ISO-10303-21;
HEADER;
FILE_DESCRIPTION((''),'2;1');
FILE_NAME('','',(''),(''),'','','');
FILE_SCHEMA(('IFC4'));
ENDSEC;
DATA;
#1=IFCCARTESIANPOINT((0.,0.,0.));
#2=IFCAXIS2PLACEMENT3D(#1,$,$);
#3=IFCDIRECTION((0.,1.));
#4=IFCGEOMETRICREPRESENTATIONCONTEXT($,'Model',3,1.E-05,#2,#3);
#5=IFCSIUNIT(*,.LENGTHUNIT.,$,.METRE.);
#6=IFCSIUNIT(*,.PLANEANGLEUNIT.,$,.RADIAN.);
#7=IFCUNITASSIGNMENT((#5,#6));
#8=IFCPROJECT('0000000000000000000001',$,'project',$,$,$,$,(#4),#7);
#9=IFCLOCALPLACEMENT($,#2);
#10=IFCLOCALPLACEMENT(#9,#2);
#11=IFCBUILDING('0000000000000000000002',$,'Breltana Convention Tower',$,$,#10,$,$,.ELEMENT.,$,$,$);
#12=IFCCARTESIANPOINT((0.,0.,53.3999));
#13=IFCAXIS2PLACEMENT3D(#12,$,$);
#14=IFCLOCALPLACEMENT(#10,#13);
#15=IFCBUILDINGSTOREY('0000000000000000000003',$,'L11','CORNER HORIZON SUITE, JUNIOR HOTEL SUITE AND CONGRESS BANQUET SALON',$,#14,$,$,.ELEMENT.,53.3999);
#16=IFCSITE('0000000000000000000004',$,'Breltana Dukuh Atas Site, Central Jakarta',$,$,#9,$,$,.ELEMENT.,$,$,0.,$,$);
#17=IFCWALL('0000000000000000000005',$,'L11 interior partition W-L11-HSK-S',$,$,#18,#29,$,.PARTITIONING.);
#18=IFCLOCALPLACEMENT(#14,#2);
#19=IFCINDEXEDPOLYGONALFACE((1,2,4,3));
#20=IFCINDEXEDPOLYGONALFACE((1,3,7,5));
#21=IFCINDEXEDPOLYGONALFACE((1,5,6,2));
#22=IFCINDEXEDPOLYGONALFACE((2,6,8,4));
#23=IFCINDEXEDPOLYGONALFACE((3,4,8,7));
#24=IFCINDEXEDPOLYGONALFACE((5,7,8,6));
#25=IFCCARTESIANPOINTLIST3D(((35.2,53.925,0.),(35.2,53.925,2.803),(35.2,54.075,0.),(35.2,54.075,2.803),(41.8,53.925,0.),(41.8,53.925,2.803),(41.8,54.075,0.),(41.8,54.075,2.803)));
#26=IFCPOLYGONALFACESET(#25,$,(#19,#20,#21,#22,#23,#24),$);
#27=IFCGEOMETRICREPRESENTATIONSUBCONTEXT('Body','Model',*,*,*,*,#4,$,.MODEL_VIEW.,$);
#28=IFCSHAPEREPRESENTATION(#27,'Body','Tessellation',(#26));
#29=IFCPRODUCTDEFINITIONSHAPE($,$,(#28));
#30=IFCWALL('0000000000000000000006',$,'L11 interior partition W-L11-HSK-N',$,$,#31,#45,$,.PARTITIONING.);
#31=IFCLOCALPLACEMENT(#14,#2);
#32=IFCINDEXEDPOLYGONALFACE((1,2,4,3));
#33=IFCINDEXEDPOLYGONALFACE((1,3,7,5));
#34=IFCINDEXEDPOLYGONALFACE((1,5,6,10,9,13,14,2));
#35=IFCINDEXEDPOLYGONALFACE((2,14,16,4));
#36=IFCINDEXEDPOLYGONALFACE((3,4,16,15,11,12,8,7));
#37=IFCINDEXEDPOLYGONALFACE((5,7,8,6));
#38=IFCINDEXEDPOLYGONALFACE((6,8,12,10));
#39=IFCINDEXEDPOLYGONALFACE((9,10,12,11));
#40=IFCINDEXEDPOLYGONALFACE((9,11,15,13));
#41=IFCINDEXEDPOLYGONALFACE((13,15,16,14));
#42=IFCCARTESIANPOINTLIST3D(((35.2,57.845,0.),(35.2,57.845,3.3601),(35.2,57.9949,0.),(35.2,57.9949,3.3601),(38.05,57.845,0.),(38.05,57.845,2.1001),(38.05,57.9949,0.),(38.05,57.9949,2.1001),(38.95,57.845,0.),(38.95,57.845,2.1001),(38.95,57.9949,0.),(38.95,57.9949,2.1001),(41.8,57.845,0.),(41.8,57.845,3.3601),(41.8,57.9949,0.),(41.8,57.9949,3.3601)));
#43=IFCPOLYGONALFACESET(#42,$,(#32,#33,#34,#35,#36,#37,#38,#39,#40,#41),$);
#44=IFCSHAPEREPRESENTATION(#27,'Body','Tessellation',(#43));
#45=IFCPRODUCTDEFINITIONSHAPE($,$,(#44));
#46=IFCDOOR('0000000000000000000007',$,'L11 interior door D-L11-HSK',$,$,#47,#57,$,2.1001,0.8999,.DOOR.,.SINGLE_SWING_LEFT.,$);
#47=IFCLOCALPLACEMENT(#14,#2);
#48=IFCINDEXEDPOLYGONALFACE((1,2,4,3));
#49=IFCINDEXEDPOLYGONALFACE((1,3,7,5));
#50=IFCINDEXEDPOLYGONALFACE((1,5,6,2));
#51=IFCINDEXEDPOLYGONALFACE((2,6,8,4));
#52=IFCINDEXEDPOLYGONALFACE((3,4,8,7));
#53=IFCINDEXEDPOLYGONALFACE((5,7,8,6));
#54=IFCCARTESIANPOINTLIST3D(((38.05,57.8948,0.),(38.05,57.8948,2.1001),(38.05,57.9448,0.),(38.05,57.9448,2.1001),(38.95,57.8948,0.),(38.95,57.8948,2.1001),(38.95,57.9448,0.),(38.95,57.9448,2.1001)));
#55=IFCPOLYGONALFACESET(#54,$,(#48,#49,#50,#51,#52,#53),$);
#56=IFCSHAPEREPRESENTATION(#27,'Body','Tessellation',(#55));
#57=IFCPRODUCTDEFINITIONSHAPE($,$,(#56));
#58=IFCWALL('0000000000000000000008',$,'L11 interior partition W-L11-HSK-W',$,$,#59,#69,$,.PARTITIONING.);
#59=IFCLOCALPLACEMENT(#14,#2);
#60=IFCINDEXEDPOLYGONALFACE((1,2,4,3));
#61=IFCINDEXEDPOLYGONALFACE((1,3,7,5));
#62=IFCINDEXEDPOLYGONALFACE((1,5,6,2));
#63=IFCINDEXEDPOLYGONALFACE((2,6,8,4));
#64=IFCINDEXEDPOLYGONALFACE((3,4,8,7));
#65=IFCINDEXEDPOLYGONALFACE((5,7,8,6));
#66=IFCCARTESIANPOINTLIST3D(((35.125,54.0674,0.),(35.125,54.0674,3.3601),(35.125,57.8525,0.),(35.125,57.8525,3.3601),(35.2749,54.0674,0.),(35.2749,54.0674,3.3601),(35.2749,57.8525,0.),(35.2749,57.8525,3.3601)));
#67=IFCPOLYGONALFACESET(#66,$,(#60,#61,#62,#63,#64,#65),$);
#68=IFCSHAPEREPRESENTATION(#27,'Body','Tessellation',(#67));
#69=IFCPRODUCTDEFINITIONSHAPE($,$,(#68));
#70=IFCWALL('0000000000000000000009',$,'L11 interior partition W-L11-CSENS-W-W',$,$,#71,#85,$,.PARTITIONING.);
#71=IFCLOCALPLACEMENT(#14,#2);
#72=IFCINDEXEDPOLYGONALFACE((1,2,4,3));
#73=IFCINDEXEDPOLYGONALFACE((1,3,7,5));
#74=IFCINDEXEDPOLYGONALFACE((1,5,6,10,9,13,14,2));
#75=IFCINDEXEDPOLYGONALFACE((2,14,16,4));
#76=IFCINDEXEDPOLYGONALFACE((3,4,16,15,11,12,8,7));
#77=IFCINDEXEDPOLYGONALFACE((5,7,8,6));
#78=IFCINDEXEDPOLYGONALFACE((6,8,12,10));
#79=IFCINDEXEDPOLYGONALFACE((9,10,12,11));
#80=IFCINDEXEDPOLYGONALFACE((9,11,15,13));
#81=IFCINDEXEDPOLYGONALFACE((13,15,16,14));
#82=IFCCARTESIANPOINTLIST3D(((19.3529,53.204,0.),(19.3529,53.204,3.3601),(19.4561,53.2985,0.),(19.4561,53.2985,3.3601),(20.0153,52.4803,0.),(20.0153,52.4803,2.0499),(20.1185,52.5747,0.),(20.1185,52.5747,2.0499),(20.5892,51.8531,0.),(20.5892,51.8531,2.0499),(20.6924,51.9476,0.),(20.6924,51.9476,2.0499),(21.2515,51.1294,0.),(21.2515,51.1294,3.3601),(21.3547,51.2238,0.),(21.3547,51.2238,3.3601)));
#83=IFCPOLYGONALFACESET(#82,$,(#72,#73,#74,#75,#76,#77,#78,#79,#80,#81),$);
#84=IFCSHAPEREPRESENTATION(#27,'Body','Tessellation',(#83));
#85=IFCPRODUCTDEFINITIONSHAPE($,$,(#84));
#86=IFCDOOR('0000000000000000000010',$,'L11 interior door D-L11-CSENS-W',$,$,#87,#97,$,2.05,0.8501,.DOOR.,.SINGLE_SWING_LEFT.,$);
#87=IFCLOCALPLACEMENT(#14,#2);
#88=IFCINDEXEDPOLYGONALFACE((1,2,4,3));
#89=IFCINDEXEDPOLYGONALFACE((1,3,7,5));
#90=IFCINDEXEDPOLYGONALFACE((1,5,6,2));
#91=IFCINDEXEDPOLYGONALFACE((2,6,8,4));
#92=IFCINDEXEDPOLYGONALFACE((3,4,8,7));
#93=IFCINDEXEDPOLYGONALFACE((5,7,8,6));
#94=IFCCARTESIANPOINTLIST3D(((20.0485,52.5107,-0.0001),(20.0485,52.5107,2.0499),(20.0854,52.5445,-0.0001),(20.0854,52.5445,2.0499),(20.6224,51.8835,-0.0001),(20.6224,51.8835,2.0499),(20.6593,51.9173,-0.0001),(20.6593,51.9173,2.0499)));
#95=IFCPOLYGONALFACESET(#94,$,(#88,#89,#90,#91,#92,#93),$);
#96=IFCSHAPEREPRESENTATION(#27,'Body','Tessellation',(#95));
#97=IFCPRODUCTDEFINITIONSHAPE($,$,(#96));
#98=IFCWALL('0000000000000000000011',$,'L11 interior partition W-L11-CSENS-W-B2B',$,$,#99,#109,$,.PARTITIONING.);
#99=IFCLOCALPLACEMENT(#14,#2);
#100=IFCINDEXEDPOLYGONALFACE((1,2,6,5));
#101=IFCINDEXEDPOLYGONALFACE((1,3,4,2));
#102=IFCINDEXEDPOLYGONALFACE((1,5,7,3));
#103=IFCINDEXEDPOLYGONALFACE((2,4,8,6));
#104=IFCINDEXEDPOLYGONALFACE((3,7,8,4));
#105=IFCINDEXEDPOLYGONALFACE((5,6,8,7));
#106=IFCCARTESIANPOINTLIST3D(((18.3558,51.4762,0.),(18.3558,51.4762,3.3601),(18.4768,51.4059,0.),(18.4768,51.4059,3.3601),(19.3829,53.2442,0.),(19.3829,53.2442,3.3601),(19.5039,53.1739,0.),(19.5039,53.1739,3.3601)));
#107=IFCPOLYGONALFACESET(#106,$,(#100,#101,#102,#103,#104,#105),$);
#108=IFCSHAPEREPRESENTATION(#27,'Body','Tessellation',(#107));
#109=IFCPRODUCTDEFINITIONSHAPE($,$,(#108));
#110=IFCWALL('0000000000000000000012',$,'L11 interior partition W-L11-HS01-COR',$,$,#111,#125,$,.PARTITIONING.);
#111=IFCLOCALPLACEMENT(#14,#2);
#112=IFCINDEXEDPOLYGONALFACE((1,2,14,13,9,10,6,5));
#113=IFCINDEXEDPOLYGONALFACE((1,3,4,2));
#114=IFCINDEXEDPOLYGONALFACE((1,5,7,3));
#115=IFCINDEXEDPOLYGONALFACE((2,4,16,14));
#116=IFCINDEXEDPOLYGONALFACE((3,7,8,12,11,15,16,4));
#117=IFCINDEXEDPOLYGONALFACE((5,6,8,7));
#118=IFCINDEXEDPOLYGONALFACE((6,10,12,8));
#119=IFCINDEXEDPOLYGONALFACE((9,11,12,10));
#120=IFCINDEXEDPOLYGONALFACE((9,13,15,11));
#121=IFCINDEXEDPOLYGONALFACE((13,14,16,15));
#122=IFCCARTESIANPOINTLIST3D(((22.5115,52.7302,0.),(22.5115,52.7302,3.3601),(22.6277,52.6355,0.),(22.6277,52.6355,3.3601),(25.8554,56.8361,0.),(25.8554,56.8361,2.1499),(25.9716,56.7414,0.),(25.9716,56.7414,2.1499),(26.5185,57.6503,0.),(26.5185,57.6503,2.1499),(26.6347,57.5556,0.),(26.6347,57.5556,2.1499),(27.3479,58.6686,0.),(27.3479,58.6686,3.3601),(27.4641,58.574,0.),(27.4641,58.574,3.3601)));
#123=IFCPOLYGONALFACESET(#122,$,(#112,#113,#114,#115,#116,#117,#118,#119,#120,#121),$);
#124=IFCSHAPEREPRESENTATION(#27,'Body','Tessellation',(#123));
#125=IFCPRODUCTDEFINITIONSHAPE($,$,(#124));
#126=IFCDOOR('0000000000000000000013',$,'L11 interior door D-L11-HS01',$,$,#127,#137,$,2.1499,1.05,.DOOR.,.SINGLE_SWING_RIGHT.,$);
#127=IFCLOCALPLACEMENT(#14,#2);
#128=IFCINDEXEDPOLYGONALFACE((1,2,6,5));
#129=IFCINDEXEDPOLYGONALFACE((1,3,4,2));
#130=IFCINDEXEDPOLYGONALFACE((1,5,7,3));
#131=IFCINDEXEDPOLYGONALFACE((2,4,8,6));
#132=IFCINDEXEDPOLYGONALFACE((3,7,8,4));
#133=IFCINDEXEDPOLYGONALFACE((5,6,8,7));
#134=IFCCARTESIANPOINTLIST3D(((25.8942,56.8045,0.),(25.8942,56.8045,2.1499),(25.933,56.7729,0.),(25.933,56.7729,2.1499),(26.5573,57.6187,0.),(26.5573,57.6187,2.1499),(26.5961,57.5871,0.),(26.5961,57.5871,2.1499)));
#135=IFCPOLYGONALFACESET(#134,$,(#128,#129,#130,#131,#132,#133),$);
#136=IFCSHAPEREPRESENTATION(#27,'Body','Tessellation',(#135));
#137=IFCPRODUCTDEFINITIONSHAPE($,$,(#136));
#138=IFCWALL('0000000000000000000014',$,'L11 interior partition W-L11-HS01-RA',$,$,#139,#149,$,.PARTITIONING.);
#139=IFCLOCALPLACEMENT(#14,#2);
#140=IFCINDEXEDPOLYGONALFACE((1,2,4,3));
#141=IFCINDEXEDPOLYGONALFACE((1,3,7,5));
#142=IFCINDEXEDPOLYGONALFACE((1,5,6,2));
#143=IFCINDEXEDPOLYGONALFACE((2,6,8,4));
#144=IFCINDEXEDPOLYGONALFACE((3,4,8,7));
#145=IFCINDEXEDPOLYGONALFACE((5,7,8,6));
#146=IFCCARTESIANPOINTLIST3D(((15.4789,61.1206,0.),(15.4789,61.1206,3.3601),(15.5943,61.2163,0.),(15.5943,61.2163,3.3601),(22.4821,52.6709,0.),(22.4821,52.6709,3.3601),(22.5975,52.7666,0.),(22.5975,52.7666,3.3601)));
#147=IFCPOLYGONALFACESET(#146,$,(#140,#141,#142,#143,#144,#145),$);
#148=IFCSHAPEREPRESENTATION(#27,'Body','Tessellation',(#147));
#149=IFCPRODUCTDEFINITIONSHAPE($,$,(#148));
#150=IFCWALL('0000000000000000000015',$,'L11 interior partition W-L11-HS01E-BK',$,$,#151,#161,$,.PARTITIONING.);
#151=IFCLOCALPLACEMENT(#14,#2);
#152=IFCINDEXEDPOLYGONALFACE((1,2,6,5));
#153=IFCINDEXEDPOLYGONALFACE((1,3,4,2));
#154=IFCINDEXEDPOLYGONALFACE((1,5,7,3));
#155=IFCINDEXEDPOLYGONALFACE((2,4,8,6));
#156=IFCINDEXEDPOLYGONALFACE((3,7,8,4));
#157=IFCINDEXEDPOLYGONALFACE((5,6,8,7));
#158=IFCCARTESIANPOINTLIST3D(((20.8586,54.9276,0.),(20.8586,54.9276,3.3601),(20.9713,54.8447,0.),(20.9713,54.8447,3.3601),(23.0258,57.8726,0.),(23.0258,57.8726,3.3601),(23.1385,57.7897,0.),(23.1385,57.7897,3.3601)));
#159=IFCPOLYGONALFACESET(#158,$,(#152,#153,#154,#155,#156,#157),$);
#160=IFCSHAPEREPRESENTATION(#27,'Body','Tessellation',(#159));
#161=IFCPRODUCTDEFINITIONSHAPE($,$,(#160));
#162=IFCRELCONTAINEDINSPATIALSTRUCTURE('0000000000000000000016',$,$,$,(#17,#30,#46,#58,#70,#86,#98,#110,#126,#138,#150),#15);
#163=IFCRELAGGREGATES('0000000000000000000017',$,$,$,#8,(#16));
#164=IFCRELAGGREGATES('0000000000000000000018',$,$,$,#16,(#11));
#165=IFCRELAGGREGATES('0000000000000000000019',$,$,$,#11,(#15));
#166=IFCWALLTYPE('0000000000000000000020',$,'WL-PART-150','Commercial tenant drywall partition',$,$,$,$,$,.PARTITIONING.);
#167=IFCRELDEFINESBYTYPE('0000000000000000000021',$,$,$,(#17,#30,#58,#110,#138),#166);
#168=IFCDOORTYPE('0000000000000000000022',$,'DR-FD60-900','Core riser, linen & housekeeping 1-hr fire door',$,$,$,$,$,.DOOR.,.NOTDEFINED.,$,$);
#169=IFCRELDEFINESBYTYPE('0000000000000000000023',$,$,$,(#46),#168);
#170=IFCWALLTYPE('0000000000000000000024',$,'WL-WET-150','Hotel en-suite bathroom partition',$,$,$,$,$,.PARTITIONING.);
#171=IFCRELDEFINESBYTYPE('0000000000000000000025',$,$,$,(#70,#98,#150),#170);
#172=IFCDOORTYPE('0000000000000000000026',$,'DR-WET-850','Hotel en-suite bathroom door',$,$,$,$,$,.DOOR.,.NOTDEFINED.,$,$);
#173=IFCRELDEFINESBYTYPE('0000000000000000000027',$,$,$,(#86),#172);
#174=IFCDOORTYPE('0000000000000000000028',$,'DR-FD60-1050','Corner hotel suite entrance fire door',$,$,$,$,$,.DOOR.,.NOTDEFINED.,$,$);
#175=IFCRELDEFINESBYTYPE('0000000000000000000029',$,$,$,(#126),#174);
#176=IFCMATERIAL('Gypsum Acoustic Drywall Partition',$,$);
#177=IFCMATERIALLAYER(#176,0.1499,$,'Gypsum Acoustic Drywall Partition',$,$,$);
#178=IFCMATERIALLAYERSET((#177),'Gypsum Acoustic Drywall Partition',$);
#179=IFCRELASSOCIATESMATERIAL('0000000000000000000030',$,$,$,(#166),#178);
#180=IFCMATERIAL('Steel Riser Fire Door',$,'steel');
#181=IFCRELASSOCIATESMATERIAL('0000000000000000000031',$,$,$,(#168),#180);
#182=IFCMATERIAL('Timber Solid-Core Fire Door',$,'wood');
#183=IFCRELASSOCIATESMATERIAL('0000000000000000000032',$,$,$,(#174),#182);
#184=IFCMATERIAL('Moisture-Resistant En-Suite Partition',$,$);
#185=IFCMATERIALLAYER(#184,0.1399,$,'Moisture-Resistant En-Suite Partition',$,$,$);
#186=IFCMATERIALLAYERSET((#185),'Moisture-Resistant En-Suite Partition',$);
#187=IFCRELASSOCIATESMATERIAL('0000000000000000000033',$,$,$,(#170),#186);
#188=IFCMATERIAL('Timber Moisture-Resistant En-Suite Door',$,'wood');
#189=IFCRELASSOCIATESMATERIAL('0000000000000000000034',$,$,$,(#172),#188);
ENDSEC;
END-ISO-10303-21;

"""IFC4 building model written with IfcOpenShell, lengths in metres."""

from ifc_helpers import new_model, si_unit, direction, frame, frame_2d, origin, place, context, subcontext, project, spatial, rectangle, extrude, source, transform, mapped, material, layer, layer_set, type_object, type_shapes, element, fill, save


model = new_model("IFC4")

# Units and contexts
model_context = context("Model", 3, precision=1e-05, world=origin(), true_north=direction((0.0, 1.0)))
body_context = subcontext(model_context, "Body", "Model", "MODEL_VIEW")
ifc_project = project(units=[si_unit("LENGTHUNIT", "METRE"), si_unit("PLANEANGLEUNIT", "RADIAN")], contexts=[model_context])

# Site, building, storey
site_placement = place(None, origin())
site = spatial("IfcSite", under=ifc_project, at=site_placement, Name="Breltana Dukuh Atas Site, Central Jakarta", CompositionType="ELEMENT", RefElevation=0.0)
building_placement = place(site_placement, origin())
building = spatial("IfcBuilding", under=site, at=building_placement, Name="Breltana Convention Tower", CompositionType="ELEMENT")
storey_placement = place(building_placement, frame((0.0, 0.0, 53.3999)))
storey = spatial("IfcBuildingStorey", under=building, at=storey_placement, Name="L11", Description="CORNER HORIZON SUITE, JUNIOR HOTEL SUITE AND CONGRESS BANQUET SALON", CompositionType="ELEMENT", Elevation=53.3999)

# Wall
ifc_material_1 = material(Name="Gypsum Acoustic Drywall Partition")
ifc_layer_1 = layer(ifc_material_1, 0.1499, Name="Gypsum Acoustic Drywall Partition")
ifc_layer_set_1 = layer_set([ifc_layer_1], Name="Gypsum Acoustic Drywall Partition")
wall_type_1 = type_object("IfcWallType", Name="WL-PART-150", Description="Commercial tenant drywall partition", PredefinedType="PARTITIONING", material=ifc_layer_set_1)
shared_shape_1 = source(origin(), body_context, "Body", "SweptSolid", [
    extrude(rectangle(XDim=6.6001, YDim=0.1499, at=frame_2d((3.3, 0.0))), origin(), (0.0, 0.0, 1.0), 2.803),
])
wall_1_placement = place(storey_placement, frame((35.2, 54.0, 0.0), z_axis=(0.0, 0.0, 1.0), x_axis=(1.0, 0.0, 0.0)))
element("IfcWall", 1, at=wall_1_placement, inside=storey, type_object=wall_type_1, Name="L11 interior partition W-L11-HSK-S", PredefinedType="PARTITIONING", context=body_context, shape_type="MappedRepresentation", body=[
    mapped(shared_shape_1, transform((0.0, 0.0, 0.0), scale=1.0)),
])

# Wall, opening, door
shared_shape_2 = source(origin(), body_context, "Body", "SweptSolid", [
    extrude(rectangle(XDim=6.6001, YDim=0.1499, at=frame_2d((3.3, 0.0))), origin(), (0.0, 0.0, 1.0), 3.3601),
])
wall_2_placement = place(storey_placement, frame((35.2, 57.9199, 0.0), z_axis=(0.0, 0.0, 1.0), x_axis=(1.0, 0.0, 0.0)))
wall_2 = element("IfcWall", 2, at=wall_2_placement, inside=storey, type_object=wall_type_1, Name="L11 interior partition W-L11-HSK-N", PredefinedType="PARTITIONING", context=body_context, shape_type="MappedRepresentation", body=[
    mapped(shared_shape_2, transform((0.0, 0.0, 0.0), scale=1.0)),
])
opening_1_placement = place(wall_2_placement, frame((2.8501, 0.0, 0.0)))
opening_1 = element("IfcOpeningElement", 3, at=opening_1_placement, cuts=wall_2, PredefinedType="OPENING", context=body_context, shape_type="SweptSolid", body=[
    extrude(rectangle(XDim=0.8999, YDim=2.1001, at=frame_2d((0.45, 1.05))), frame((0.0, 0.085, 0.0), z_axis=(0.0, -1.0, 0.0), x_axis=(1.0, 0.0, 0.0)), (0.0, 0.0, 1.0), 0.1699),
])
ifc_material_2 = material(Name="Steel Riser Fire Door", Category="steel")
door_type_1 = type_object("IfcDoorType", Name="DR-FD60-900", Description="Core riser, linen & housekeeping 1-hr fire door", OperationType="NOTDEFINED", PredefinedType="DOOR", material=ifc_material_2)
shared_shape_3 = source(origin(), body_context, "Body", "SweptSolid", [
    extrude(rectangle(XDim=0.8999, YDim=2.1001, at=frame_2d((0.45, 1.05))), frame((0.0, 0.0249, 0.0), z_axis=(0.0, -1.0, 0.0), x_axis=(1.0, 0.0, 0.0)), (0.0, 0.0, 1.0), 0.05),
])
type_shapes(door_type_1, [shared_shape_3])
door_1_placement = place(opening_1_placement, origin())
door_1 = element("IfcDoor", 4, at=door_1_placement, inside=storey, type_object=door_type_1, Name="L11 interior door D-L11-HSK", OperationType="SINGLE_SWING_LEFT", OverallHeight=2.1001, OverallWidth=0.8999, PredefinedType="DOOR", context=body_context, shape_type="MappedRepresentation", body=[
    mapped(shared_shape_3, transform((0.0, 0.0, 0.0), scale=1.0)),
])
fill(opening_1, door_1)

# Wall
shared_shape_4 = source(origin(), body_context, "Body", "SweptSolid", [
    extrude(rectangle(XDim=3.7852, YDim=0.1499, at=frame_2d((1.8926, 0.0))), origin(), (0.0, 0.0, 1.0), 3.3601),
])
wall_3_placement = place(storey_placement, frame((35.2, 54.0674, 0.0), z_axis=(0.0, 0.0, 1.0), x_axis=(0.0, 1.0, 0.0)))
element("IfcWall", 5, at=wall_3_placement, inside=storey, type_object=wall_type_1, Name="L11 interior partition W-L11-HSK-W", PredefinedType="PARTITIONING", context=body_context, shape_type="MappedRepresentation", body=[
    mapped(shared_shape_4, transform((0.0, 0.0, 0.0), scale=1.0)),
])

# Wall, opening, door
ifc_material_3 = material(Name="Timber Solid-Core Fire Door", Category="wood")
door_type_2 = type_object("IfcDoorType", Name="DR-FD60-1050", Description="Corner hotel suite entrance fire door", OperationType="NOTDEFINED", PredefinedType="DOOR", material=ifc_material_3)
shared_shape_5 = source(origin(), body_context, "Body", "SweptSolid", [
    extrude(rectangle(XDim=1.05, YDim=2.1499, at=frame_2d((0.5249, 1.075))), frame((0.0, 0.0249, 0.0), z_axis=(0.0, -1.0, 0.0), x_axis=(1.0, 0.0, 0.0)), (0.0, 0.0, 1.0), 0.05),
])
type_shapes(door_type_2, [shared_shape_5])
ifc_material_4 = material(Name="Moisture-Resistant En-Suite Partition")
ifc_layer_2 = layer(ifc_material_4, 0.1399, Name="Moisture-Resistant En-Suite Partition")
ifc_layer_set_2 = layer_set([ifc_layer_2], Name="Moisture-Resistant En-Suite Partition")
wall_type_2 = type_object("IfcWallType", Name="WL-WET-150", Description="Hotel en-suite bathroom partition", PredefinedType="PARTITIONING", material=ifc_layer_set_2)
shared_shape_6 = source(origin(), body_context, "Body", "SweptSolid", [
    extrude(rectangle(XDim=2.8123, YDim=0.1399, at=frame_2d((1.4062, 0.0))), origin(), (0.0, 0.0, 1.0), 3.3601),
])
wall_4_placement = place(storey_placement, frame((21.3032, 51.1765, 0.0), z_axis=(0.0, 0.0, 1.0), x_axis=(-0.675119, 0.737709, 0.0)))
wall_4 = element("IfcWall", 6, at=wall_4_placement, inside=storey, type_object=wall_type_2, Name="L11 interior partition W-L11-CSENS-W-W", PredefinedType="PARTITIONING", context=body_context, shape_type="MappedRepresentation", body=[
    mapped(shared_shape_6, transform((0.0, 0.0, 0.0), scale=1.0)),
])
opening_2_placement = place(wall_4_placement, frame((0.9812, 0.0, 0.0)))
opening_2 = element("IfcOpeningElement", 7, at=opening_2_placement, cuts=wall_4, PredefinedType="OPENING", context=body_context, shape_type="SweptSolid", body=[
    extrude(rectangle(XDim=0.8501, YDim=2.05, at=frame_2d((0.425, 1.0249))), frame((0.0, 0.0801, 0.0), z_axis=(0.0, -1.0, 0.0), x_axis=(1.0, 0.0, 0.0)), (0.0, 0.0, 1.0), 0.1599),
])
ifc_material_5 = material(Name="Timber Moisture-Resistant En-Suite Door", Category="wood")
door_type_3 = type_object("IfcDoorType", Name="DR-WET-850", Description="Hotel en-suite bathroom door", OperationType="NOTDEFINED", PredefinedType="DOOR", material=ifc_material_5)
shared_shape_7 = source(origin(), body_context, "Body", "SweptSolid", [
    extrude(rectangle(XDim=0.8501, YDim=2.05, at=frame_2d((0.425, 1.0249))), frame((0.0, 0.0249, 0.0), z_axis=(0.0, -1.0, 0.0), x_axis=(1.0, 0.0, 0.0)), (0.0, 0.0, 1.0), 0.05),
])
type_shapes(door_type_3, [shared_shape_7])
door_2_placement = place(opening_2_placement, origin())
door_2 = element("IfcDoor", 8, at=door_2_placement, inside=storey, type_object=door_type_3, Name="L11 interior door D-L11-CSENS-W", OperationType="SINGLE_SWING_LEFT", OverallHeight=2.05, OverallWidth=0.8501, PredefinedType="DOOR", context=body_context, shape_type="MappedRepresentation", body=[
    mapped(shared_shape_7, transform((0.0, 0.0, 0.0), scale=1.0)),
])
fill(opening_2, door_2)

# Wall
shared_shape_8 = source(origin(), body_context, "Body", "SweptSolid", [
    extrude(rectangle(XDim=2.0447, YDim=0.1399, at=frame_2d((1.0225, 0.0))), origin(), (0.0, 0.0, 1.0), 3.3601),
])
wall_5_placement = place(storey_placement, frame((18.4163, 51.4409, 0.0), z_axis=(0.0, 0.0, 1.0), x_axis=(0.502311, 0.864687, 0.0)))
element("IfcWall", 9, at=wall_5_placement, inside=storey, type_object=wall_type_2, Name="L11 interior partition W-L11-CSENS-W-B2B", PredefinedType="PARTITIONING", context=body_context, shape_type="MappedRepresentation", body=[
    mapped(shared_shape_8, transform((0.0, 0.0, 0.0), scale=1.0)),
])

# Wall, opening, door
shared_shape_9 = source(origin(), body_context, "Body", "SweptSolid", [
    extrude(rectangle(XDim=7.6587, YDim=0.1499, at=frame_2d((3.8293, 0.0))), origin(), (0.0, 0.0, 1.0), 3.3601),
])
wall_6_placement = place(storey_placement, frame((22.5696, 52.6829, 0.0), z_axis=(0.0, 0.0, 1.0), x_axis=(0.63149, 0.775384, 0.0)))
wall_6 = element("IfcWall", 10, at=wall_6_placement, inside=storey, type_object=wall_type_1, Name="L11 interior partition W-L11-HS01-COR", PredefinedType="PARTITIONING", context=body_context, shape_type="MappedRepresentation", body=[
    mapped(shared_shape_9, transform((0.0, 0.0, 0.0), scale=1.0)),
])
opening_3_placement = place(wall_6_placement, frame((5.2954, 0.0, 0.0)))
opening_3 = element("IfcOpeningElement", 11, at=opening_3_placement, cuts=wall_6, PredefinedType="OPENING", context=body_context, shape_type="SweptSolid", body=[
    extrude(rectangle(XDim=1.05, YDim=2.1499, at=frame_2d((0.5249, 1.075))), frame((0.0, 0.085, 0.0), z_axis=(0.0, -1.0, 0.0), x_axis=(1.0, 0.0, 0.0)), (0.0, 0.0, 1.0), 0.1699),
])
door_3_placement = place(opening_3_placement, origin())
door_3 = element("IfcDoor", 12, at=door_3_placement, inside=storey, type_object=door_type_2, Name="L11 interior door D-L11-HS01", OperationType="SINGLE_SWING_RIGHT", OverallHeight=2.1499, OverallWidth=1.05, PredefinedType="DOOR", context=body_context, shape_type="MappedRepresentation", body=[
    mapped(shared_shape_5, transform((0.0, 0.0, 0.0), scale=1.0)),
])
fill(opening_3, door_3)

# Walls
shared_shape_10 = source(origin(), body_context, "Body", "SweptSolid", [
    extrude(rectangle(XDim=10.9746, YDim=0.1499, at=frame_2d((5.4873, 0.0))), origin(), (0.0, 0.0, 1.0), 3.3601),
])
wall_7_placement = place(storey_placement, frame((22.5398, 52.7188, 0.0), z_axis=(0.0, 0.0, 1.0), x_axis=(-0.638125, 0.769933, 0.0)))
element("IfcWall", 13, at=wall_7_placement, inside=storey, type_object=wall_type_1, Name="L11 interior partition W-L11-HS01-RA", PredefinedType="PARTITIONING", context=body_context, shape_type="MappedRepresentation", body=[
    mapped(shared_shape_10, transform((0.0, 0.0, 0.0), scale=1.0)),
])
shared_shape_11 = source(origin(), body_context, "Body", "SweptSolid", [
    extrude(rectangle(XDim=3.6565, YDim=0.1399, at=frame_2d((1.8281, 0.0))), origin(), (0.0, 0.0, 1.0), 3.3601),
])
wall_8_placement = place(storey_placement, frame((20.915, 54.8862, 0.0), z_axis=(0.0, 0.0, 1.0), x_axis=(0.5927, 0.805423, 0.0)))
element("IfcWall", 14, at=wall_8_placement, inside=storey, type_object=wall_type_2, Name="L11 interior partition W-L11-HS01E-BK", PredefinedType="PARTITIONING", context=body_context, shape_type="MappedRepresentation", body=[
    mapped(shared_shape_11, transform((0.0, 0.0, 0.0), scale=1.0)),
])

save(model, "model.ifc")
